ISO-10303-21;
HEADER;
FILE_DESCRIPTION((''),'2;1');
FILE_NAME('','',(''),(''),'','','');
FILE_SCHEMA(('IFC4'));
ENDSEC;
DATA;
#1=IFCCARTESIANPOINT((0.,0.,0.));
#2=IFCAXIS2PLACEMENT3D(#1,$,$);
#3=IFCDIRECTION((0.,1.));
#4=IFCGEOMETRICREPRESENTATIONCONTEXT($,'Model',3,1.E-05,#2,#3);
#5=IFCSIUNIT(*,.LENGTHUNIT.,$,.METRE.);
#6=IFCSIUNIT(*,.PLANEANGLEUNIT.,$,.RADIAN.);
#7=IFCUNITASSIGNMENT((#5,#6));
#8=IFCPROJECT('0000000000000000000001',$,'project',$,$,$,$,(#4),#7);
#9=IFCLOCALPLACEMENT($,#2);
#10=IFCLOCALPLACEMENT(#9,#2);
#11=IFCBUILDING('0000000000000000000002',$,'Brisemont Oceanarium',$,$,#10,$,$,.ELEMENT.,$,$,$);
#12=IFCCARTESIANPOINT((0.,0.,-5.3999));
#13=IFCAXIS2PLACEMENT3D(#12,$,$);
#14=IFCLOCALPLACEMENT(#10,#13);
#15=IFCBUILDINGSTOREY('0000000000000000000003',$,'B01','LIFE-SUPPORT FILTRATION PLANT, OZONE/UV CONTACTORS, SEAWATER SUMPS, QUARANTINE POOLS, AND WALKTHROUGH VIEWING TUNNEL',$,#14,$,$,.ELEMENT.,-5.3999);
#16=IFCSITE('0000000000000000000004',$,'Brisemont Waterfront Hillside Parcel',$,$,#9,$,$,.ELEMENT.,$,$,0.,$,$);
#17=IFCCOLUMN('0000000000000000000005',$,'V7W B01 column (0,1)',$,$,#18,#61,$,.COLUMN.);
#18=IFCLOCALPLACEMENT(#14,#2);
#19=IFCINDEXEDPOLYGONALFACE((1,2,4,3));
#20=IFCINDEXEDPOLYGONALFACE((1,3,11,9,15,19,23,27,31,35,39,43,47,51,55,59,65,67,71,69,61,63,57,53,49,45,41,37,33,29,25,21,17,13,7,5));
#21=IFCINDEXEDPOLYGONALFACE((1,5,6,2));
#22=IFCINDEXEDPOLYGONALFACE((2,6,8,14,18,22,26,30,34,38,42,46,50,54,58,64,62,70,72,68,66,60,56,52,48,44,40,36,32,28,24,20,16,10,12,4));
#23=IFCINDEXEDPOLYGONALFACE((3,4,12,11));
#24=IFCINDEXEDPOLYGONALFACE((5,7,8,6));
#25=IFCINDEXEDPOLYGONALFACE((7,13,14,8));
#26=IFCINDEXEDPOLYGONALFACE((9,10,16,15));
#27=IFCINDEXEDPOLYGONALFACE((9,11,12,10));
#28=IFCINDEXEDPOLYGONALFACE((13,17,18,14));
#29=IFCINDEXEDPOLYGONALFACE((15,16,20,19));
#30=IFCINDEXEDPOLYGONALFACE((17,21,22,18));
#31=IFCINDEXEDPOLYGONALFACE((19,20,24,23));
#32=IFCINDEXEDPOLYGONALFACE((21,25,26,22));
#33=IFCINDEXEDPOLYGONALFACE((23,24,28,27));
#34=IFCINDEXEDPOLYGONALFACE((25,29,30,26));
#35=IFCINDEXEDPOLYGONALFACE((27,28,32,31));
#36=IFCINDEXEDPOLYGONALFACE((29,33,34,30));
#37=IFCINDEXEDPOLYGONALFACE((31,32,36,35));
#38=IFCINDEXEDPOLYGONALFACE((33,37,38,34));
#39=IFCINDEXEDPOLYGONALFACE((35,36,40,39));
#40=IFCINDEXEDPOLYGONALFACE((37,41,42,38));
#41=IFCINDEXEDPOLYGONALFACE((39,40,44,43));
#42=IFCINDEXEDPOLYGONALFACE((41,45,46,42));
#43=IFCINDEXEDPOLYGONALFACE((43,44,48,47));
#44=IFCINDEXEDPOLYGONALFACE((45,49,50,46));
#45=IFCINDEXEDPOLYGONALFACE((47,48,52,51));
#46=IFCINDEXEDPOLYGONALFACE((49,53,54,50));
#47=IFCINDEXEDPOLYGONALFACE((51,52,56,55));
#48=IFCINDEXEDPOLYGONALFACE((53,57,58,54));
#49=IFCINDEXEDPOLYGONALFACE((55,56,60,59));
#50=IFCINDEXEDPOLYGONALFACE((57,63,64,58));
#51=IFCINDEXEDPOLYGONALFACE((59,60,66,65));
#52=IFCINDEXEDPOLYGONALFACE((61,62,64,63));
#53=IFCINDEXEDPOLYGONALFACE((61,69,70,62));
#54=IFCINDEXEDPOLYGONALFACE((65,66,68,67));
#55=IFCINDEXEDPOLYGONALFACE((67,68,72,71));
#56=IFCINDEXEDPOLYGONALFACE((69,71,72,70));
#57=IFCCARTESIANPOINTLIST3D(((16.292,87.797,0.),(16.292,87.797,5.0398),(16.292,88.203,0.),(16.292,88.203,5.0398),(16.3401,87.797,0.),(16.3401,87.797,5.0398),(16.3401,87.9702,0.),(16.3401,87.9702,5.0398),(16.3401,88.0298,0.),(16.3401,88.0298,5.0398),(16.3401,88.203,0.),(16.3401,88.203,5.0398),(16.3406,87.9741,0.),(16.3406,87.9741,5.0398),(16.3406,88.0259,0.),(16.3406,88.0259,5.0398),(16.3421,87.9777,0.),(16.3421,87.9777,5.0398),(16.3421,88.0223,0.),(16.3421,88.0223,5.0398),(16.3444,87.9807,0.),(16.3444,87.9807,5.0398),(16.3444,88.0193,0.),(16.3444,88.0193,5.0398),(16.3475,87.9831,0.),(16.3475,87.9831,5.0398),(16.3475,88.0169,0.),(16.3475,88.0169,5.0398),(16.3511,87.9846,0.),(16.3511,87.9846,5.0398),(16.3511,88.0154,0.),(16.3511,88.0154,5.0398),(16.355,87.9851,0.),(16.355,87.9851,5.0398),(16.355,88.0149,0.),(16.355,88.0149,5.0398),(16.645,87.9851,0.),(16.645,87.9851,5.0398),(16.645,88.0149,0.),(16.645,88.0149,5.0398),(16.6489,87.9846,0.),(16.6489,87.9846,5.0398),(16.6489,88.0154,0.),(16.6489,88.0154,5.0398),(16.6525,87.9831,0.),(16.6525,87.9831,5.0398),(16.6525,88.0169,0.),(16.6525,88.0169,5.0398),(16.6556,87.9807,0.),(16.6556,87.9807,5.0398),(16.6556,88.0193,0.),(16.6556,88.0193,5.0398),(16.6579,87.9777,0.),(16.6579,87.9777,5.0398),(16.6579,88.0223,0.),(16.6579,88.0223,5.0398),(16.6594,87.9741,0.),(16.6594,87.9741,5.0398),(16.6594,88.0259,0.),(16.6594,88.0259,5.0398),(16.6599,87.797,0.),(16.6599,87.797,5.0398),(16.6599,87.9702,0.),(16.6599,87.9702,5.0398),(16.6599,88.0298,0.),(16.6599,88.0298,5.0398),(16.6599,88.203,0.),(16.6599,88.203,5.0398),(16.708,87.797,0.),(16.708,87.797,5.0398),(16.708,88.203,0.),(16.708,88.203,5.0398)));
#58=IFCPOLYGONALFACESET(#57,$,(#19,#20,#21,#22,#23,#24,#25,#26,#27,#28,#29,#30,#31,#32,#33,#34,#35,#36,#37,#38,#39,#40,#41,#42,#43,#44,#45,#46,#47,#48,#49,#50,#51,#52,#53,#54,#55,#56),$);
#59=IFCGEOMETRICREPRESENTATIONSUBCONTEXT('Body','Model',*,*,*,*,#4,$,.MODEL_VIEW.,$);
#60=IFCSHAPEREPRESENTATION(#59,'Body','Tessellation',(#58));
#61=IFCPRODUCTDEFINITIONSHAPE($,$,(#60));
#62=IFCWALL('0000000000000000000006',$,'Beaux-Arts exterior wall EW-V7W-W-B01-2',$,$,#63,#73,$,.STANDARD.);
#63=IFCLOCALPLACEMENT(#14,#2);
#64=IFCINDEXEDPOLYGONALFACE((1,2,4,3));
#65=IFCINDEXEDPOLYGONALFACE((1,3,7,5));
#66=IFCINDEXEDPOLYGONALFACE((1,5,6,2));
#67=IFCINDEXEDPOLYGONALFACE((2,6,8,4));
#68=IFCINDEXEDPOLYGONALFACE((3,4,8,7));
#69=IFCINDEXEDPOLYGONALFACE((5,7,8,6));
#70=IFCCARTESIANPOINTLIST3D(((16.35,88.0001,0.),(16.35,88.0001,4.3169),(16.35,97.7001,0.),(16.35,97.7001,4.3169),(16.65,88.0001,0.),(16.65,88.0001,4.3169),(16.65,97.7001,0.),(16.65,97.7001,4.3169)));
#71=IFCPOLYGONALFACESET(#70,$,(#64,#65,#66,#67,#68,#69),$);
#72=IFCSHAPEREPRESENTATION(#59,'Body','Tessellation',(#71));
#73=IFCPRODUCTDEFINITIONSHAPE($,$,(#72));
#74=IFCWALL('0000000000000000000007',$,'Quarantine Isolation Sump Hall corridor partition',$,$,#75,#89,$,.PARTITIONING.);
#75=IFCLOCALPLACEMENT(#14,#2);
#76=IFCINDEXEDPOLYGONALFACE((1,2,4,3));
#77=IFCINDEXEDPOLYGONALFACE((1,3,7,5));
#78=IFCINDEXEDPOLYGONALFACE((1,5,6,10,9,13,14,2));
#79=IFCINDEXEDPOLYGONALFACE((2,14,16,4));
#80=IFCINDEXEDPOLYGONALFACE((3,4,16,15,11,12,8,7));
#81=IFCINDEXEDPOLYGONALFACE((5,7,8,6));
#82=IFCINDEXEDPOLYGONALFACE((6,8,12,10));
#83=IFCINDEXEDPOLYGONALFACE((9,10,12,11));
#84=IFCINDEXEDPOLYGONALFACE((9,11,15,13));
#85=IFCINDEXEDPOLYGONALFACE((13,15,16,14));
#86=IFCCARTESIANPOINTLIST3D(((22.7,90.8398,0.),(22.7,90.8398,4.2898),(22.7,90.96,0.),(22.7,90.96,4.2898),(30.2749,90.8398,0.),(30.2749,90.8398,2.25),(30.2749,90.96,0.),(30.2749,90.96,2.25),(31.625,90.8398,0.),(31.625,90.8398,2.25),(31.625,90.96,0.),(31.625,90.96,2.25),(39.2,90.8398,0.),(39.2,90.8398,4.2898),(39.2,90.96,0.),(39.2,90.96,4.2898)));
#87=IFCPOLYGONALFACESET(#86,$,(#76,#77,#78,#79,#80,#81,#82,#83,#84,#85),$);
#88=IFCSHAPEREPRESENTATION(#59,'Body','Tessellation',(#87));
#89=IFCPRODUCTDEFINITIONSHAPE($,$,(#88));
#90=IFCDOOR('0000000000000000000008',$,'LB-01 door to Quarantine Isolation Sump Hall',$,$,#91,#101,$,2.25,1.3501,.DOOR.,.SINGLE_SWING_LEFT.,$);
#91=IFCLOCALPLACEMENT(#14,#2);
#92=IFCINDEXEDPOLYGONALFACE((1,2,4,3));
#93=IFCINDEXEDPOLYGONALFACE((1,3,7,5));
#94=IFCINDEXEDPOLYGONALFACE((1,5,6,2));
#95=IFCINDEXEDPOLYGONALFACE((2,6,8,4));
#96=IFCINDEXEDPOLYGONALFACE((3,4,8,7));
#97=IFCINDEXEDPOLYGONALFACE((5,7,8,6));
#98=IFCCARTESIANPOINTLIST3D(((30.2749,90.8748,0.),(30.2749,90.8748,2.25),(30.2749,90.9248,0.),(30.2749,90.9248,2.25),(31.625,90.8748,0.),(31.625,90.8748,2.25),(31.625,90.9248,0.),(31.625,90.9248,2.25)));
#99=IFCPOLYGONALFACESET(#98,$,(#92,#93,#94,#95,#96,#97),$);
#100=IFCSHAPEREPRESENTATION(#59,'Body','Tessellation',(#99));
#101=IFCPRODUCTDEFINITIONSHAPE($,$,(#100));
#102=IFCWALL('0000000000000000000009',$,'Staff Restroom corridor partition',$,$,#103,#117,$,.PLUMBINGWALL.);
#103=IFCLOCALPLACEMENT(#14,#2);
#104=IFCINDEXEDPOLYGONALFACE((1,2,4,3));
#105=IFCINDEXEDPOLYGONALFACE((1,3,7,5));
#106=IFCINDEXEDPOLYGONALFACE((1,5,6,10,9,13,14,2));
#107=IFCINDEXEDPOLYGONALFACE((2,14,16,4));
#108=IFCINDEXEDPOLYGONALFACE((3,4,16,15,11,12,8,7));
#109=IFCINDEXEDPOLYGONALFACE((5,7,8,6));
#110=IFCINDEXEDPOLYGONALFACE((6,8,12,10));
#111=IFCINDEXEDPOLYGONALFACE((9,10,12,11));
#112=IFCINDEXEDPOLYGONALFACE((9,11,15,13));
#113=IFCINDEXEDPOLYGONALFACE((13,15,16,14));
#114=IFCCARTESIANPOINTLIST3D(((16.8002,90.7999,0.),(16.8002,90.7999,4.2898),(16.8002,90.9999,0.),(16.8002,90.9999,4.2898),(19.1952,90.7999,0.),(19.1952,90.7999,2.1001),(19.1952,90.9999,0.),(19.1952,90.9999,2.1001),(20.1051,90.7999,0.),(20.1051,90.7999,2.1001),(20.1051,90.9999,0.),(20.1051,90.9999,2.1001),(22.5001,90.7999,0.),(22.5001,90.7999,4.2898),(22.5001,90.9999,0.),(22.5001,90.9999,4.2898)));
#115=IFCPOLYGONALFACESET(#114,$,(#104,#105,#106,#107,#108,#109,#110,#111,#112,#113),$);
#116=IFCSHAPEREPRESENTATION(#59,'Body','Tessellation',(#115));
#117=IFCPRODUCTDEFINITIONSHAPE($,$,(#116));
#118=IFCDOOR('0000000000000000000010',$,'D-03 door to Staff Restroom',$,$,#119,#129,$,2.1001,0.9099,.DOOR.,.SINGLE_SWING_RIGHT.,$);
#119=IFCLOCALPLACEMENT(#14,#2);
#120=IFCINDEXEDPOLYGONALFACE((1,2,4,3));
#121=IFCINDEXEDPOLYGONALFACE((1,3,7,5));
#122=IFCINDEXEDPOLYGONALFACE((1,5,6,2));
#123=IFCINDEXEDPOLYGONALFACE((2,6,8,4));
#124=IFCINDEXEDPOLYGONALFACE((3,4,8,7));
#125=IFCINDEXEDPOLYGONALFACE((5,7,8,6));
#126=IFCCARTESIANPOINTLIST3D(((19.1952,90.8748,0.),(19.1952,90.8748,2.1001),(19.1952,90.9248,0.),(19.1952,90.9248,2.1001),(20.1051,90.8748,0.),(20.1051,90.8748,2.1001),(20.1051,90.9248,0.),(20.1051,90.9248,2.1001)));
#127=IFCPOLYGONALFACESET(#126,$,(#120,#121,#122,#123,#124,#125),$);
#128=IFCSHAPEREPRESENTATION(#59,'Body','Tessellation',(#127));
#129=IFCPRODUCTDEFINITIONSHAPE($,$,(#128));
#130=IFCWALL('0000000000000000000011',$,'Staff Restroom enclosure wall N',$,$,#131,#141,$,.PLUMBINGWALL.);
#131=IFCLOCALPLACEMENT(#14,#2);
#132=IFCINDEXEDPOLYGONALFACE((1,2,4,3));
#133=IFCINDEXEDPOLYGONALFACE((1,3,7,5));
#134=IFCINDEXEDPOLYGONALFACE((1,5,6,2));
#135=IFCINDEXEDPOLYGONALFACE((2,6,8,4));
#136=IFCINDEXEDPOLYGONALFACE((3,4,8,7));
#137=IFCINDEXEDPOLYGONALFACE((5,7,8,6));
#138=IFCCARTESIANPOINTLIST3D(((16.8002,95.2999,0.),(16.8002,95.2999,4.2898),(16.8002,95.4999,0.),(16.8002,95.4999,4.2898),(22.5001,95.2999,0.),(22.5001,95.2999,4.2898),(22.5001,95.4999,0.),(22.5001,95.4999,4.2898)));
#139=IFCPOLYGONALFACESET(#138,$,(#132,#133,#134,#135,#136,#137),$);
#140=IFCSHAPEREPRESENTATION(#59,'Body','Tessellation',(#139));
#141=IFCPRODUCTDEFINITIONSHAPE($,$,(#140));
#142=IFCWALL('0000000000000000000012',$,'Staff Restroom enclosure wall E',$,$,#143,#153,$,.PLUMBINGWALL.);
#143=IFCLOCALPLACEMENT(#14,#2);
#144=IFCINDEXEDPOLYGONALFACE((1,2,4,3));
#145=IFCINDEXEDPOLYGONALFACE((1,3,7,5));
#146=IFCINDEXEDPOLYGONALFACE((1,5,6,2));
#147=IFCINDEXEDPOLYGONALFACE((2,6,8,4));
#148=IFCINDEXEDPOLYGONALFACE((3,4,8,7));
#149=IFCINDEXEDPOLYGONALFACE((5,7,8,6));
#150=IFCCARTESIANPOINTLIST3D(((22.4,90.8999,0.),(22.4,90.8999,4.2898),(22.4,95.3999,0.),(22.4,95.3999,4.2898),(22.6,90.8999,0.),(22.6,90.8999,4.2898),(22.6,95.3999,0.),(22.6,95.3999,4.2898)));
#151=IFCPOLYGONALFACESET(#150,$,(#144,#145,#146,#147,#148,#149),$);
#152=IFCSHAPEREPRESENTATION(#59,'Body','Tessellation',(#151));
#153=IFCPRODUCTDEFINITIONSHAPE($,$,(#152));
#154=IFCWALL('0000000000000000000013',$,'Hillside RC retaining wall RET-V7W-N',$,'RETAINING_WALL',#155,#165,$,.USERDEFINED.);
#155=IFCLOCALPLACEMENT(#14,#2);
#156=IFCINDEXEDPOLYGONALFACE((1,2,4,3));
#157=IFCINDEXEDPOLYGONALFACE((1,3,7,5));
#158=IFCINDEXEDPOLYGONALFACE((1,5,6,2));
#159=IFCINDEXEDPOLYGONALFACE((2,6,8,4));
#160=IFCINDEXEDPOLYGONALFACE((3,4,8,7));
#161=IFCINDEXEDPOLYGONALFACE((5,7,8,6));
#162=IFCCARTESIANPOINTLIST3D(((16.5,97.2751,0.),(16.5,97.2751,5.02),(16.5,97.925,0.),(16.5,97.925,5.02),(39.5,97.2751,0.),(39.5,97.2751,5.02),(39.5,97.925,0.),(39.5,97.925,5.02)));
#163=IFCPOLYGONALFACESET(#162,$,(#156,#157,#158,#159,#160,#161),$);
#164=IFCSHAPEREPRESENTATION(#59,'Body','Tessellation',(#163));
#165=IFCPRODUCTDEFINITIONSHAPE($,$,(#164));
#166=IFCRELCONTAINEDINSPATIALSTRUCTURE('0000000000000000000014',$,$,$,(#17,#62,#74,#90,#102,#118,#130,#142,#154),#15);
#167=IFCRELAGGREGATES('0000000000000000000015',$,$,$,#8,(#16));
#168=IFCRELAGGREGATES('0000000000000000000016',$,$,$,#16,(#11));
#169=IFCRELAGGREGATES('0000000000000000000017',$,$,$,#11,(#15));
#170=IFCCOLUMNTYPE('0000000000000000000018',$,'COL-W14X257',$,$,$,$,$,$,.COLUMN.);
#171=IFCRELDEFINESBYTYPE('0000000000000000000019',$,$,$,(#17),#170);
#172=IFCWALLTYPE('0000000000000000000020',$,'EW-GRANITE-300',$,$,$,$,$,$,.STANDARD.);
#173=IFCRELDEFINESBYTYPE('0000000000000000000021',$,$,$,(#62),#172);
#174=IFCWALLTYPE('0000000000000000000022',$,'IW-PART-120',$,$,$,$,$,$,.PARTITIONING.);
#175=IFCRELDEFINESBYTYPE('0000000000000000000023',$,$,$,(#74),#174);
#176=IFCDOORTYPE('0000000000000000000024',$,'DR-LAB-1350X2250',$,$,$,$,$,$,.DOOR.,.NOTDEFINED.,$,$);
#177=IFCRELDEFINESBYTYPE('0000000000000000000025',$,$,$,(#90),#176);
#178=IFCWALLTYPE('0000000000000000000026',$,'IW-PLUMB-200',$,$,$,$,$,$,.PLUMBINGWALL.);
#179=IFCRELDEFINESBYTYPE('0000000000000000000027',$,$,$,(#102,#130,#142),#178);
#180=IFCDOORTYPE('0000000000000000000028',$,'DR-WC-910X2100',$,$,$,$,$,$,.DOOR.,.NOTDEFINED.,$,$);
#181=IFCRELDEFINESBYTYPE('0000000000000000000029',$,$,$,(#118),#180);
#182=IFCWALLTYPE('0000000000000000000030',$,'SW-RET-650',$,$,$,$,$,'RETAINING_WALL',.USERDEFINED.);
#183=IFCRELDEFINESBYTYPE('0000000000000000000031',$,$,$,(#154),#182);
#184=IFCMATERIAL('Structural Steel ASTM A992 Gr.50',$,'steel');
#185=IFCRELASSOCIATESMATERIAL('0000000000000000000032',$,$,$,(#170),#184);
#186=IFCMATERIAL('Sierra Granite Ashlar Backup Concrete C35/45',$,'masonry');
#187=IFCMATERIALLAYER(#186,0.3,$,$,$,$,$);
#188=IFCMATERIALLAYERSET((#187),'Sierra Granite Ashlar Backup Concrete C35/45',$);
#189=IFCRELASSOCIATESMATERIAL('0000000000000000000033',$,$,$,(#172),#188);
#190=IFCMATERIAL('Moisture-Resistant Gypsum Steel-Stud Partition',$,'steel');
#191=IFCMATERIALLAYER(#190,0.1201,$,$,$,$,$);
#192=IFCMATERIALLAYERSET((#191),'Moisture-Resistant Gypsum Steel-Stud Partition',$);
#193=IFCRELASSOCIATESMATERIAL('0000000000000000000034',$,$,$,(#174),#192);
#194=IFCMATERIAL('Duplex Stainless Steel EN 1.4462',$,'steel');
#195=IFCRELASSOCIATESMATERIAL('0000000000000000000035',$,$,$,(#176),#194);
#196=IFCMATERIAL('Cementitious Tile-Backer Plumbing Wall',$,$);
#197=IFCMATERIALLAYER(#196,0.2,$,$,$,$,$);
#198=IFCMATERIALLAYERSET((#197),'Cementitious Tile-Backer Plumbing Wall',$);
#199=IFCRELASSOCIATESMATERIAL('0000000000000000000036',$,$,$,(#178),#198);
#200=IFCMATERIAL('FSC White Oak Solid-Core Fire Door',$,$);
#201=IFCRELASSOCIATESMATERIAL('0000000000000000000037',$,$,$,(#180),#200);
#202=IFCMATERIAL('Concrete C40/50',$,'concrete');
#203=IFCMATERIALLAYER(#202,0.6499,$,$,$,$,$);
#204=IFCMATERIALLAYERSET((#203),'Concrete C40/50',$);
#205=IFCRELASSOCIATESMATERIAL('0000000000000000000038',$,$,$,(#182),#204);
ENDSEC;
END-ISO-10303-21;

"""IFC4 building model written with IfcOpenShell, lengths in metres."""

from ifc_helpers import new_model, si_unit, direction, frame, frame_2d, origin, origin_2d, place, context, subcontext, project, spatial, rectangle, i_section, extrude, material, layer, layer_set, material_profile, profile_set, type_object, element, fill, save


model = new_model("IFC4")

# Units and contexts
model_context = context("Model", 3, precision=1e-05, world=origin(), true_north=direction((0.0, 1.0)))
body_context = subcontext(model_context, "Body", "Model", "MODEL_VIEW")
ifc_project = project(units=[si_unit("LENGTHUNIT", "METRE"), si_unit("PLANEANGLEUNIT", "RADIAN")], contexts=[model_context])

# Site, building, storey
site_placement = place(None, origin())
site = spatial("IfcSite", under=ifc_project, at=site_placement, Name="Brisemont Waterfront Hillside Parcel", CompositionType="ELEMENT", RefElevation=0.0)
building_placement = place(site_placement, origin())
building = spatial("IfcBuilding", under=site, at=building_placement, Name="Brisemont Oceanarium", CompositionType="ELEMENT")
storey_placement = place(building_placement, frame((0.0, 0.0, -5.3999)))
storey = spatial("IfcBuildingStorey", under=building, at=storey_placement, Name="B01", Description="LIFE-SUPPORT FILTRATION PLANT, OZONE/UV CONTACTORS, SEAWATER SUMPS, QUARANTINE POOLS, AND WALKTHROUGH VIEWING TUNNEL", CompositionType="ELEMENT", Elevation=-5.3999)

# Column
ifc_material_1 = material(Name="Structural Steel ASTM A992 Gr.50", Category="steel")
ifc_material_profile_1 = material_profile(ifc_material_1, i_section(OverallWidth=0.406, OverallDepth=0.416, WebThickness=0.0298, FlangeThickness=0.0481, FilletRadius=0.0149, at=origin_2d()), Name="W14X257")
ifc_profile_set_1 = profile_set([ifc_material_profile_1], Name="Structural Steel ASTM A992 Gr.50")
column_type_1 = type_object("IfcColumnType", Name="COL-W14X257", PredefinedType="COLUMN", material=ifc_profile_set_1)
column_1_placement = place(storey_placement, frame((16.5, 88.0, 0.0), z_axis=(0.0, 0.0, 1.0), x_axis=(0.0, 1.0, 0.0)))
element("IfcColumn", 1, at=column_1_placement, inside=storey, type_object=column_type_1, Name="V7W B01 column (0,1)", PredefinedType="COLUMN", context=body_context, shape_type="SweptSolid", body=[
    extrude(i_section(OverallWidth=0.406, OverallDepth=0.416, WebThickness=0.0298, FlangeThickness=0.0481, FilletRadius=0.0149, at=origin_2d()), origin(), (0.0, 0.0, 1.0), 5.0398),
])

# Wall
ifc_material_2 = material(Name="Sierra Granite Ashlar Backup Concrete C35/45", Category="masonry")
ifc_layer_1 = layer(ifc_material_2, 0.3)
ifc_layer_set_1 = layer_set([ifc_layer_1], Name="Sierra Granite Ashlar Backup Concrete C35/45")
wall_type_1 = type_object("IfcWallType", Name="EW-GRANITE-300", PredefinedType="STANDARD", material=ifc_layer_set_1)
wall_1_placement = place(storey_placement, frame((16.5, 88.0, 0.0), z_axis=(0.0, 0.0, 1.0), x_axis=(0.0, 1.0, 0.0)))
element("IfcWall", 2, at=wall_1_placement, inside=storey, type_object=wall_type_1, Name="Beaux-Arts exterior wall EW-V7W-W-B01-2", PredefinedType="STANDARD", context=body_context, shape_type="SweptSolid", body=[
    extrude(rectangle(XDim=9.7, YDim=0.3, at=frame_2d((4.8501, 0.0))), origin(), (0.0, 0.0, 1.0), 4.3169),
])

# Walls, openings, doors
ifc_material_3 = material(Name="Moisture-Resistant Gypsum Steel-Stud Partition", Category="steel")
ifc_layer_2 = layer(ifc_material_3, 0.1201)
ifc_layer_set_2 = layer_set([ifc_layer_2], Name="Moisture-Resistant Gypsum Steel-Stud Partition")
wall_type_2 = type_object("IfcWallType", Name="IW-PART-120", PredefinedType="PARTITIONING", material=ifc_layer_set_2)
wall_2_placement = place(storey_placement, frame((22.7, 90.8999, 0.0), z_axis=(0.0, 0.0, 1.0), x_axis=(1.0, 0.0, 0.0)))
wall_2 = element("IfcWall", 3, at=wall_2_placement, inside=storey, type_object=wall_type_2, Name="Quarantine Isolation Sump Hall corridor partition", PredefinedType="PARTITIONING", context=body_context, shape_type="SweptSolid", body=[
    extrude(rectangle(XDim=16.5, YDim=0.1201, at=frame_2d((8.25, 0.0))), origin(), (0.0, 0.0, 1.0), 4.2898),
])
opening_1_placement = place(wall_2_placement, frame((7.575, 0.0, 0.0)))
opening_1 = element("IfcOpeningElement", 4, at=opening_1_placement, cuts=wall_2, PredefinedType="OPENING", context=body_context, shape_type="SweptSolid", body=[
    extrude(rectangle(XDim=1.3501, YDim=2.25, at=frame_2d((0.675, 1.125))), frame((0.0, 0.0701, 0.0), z_axis=(0.0, -1.0, 0.0), x_axis=(1.0, 0.0, 0.0)), (0.0, 0.0, 1.0), 0.1401),
])
ifc_material_4 = material(Name="Duplex Stainless Steel EN 1.4462", Category="steel")
door_type_1 = type_object("IfcDoorType", Name="DR-LAB-1350X2250", OperationType="NOTDEFINED", PredefinedType="DOOR", material=ifc_material_4)
door_1_placement = place(opening_1_placement, origin())
door_1 = element("IfcDoor", 5, at=door_1_placement, inside=storey, type_object=door_type_1, Name="LB-01 door to Quarantine Isolation Sump Hall", OperationType="SINGLE_SWING_LEFT", OverallHeight=2.25, OverallWidth=1.3501, PredefinedType="DOOR", context=body_context, shape_type="SweptSolid", body=[
    extrude(rectangle(XDim=1.3501, YDim=2.25, at=frame_2d((0.675, 1.125))), frame((0.0, 0.0249, 0.0), z_axis=(0.0, -1.0, 0.0), x_axis=(1.0, 0.0, 0.0)), (0.0, 0.0, 1.0), 0.05),
])
fill(opening_1, door_1)
ifc_material_5 = material(Name="Cementitious Tile-Backer Plumbing Wall")
ifc_layer_3 = layer(ifc_material_5, 0.2)
ifc_layer_set_3 = layer_set([ifc_layer_3], Name="Cementitious Tile-Backer Plumbing Wall")
wall_type_3 = type_object("IfcWallType", Name="IW-PLUMB-200", PredefinedType="PLUMBINGWALL", material=ifc_layer_set_3)
wall_3_placement = place(storey_placement, frame((16.8, 90.8999, 0.0), z_axis=(0.0, 0.0, 1.0), x_axis=(1.0, 0.0, 0.0)))
wall_3 = element("IfcWall", 6, at=wall_3_placement, inside=storey, type_object=wall_type_3, Name="Staff Restroom corridor partition", PredefinedType="PLUMBINGWALL", context=body_context, shape_type="SweptSolid", body=[
    extrude(rectangle(XDim=5.7, YDim=0.2, at=frame_2d((2.8501, 0.0))), origin(), (0.0, 0.0, 1.0), 4.2898),
])
opening_2_placement = place(wall_3_placement, frame((2.395, 0.0, 0.0)))
opening_2 = element("IfcOpeningElement", 7, at=opening_2_placement, cuts=wall_3, PredefinedType="OPENING", context=body_context, shape_type="SweptSolid", body=[
    extrude(rectangle(XDim=0.9099, YDim=2.1001, at=frame_2d((0.4551, 1.05))), frame((0.0, 0.1099, 0.0), z_axis=(0.0, -1.0, 0.0), x_axis=(1.0, 0.0, 0.0)), (0.0, 0.0, 1.0), 0.22),
])
ifc_material_6 = material(Name="FSC White Oak Solid-Core Fire Door")
door_type_2 = type_object("IfcDoorType", Name="DR-WC-910X2100", OperationType="NOTDEFINED", PredefinedType="DOOR", material=ifc_material_6)
door_2_placement = place(opening_2_placement, origin())
door_2 = element("IfcDoor", 8, at=door_2_placement, inside=storey, type_object=door_type_2, Name="D-03 door to Staff Restroom", OperationType="SINGLE_SWING_RIGHT", OverallHeight=2.1001, OverallWidth=0.9099, PredefinedType="DOOR", context=body_context, shape_type="SweptSolid", body=[
    extrude(rectangle(XDim=0.9099, YDim=2.1001, at=frame_2d((0.4551, 1.05))), frame((0.0, 0.0249, 0.0), z_axis=(0.0, -1.0, 0.0), x_axis=(1.0, 0.0, 0.0)), (0.0, 0.0, 1.0), 0.05),
])
fill(opening_2, door_2)

# Walls
wall_4_placement = place(storey_placement, frame((16.8, 95.3999, 0.0), z_axis=(0.0, 0.0, 1.0), x_axis=(1.0, 0.0, 0.0)))
element("IfcWall", 9, at=wall_4_placement, inside=storey, type_object=wall_type_3, Name="Staff Restroom enclosure wall N", PredefinedType="PLUMBINGWALL", context=body_context, shape_type="SweptSolid", body=[
    extrude(rectangle(XDim=5.7, YDim=0.2, at=frame_2d((2.8501, 0.0))), origin(), (0.0, 0.0, 1.0), 4.2898),
])
wall_5_placement = place(storey_placement, frame((22.5, 90.8999, 0.0), z_axis=(0.0, 0.0, 1.0), x_axis=(0.0, 1.0, 0.0)))
element("IfcWall", 10, at=wall_5_placement, inside=storey, type_object=wall_type_3, Name="Staff Restroom enclosure wall E", PredefinedType="PLUMBINGWALL", context=body_context, shape_type="SweptSolid", body=[
    extrude(rectangle(XDim=4.5, YDim=0.2, at=frame_2d((2.25, 0.0))), origin(), (0.0, 0.0, 1.0), 4.2898),
])
ifc_material_7 = material(Name="Concrete C40/50", Category="concrete")
ifc_layer_4 = layer(ifc_material_7, 0.6499)
ifc_layer_set_4 = layer_set([ifc_layer_4], Name="Concrete C40/50")
wall_type_4 = type_object("IfcWallType", Name="SW-RET-650", ElementType="RETAINING_WALL", PredefinedType="USERDEFINED", material=ifc_layer_set_4)
wall_6_placement = place(storey_placement, frame((16.5, 97.6001, 0.0), z_axis=(0.0, 0.0, 1.0), x_axis=(1.0, 0.0, 0.0)))
element("IfcWall", 11, at=wall_6_placement, inside=storey, type_object=wall_type_4, Name="Hillside RC retaining wall RET-V7W-N", ObjectType="RETAINING_WALL", PredefinedType="USERDEFINED", context=body_context, shape_type="SweptSolid", body=[
    extrude(rectangle(XDim=23.0, YDim=0.6499, at=frame_2d((11.5, 0.0))), origin(), (0.0, 0.0, 1.0), 5.02),
])

save(model, "model.ifc")
